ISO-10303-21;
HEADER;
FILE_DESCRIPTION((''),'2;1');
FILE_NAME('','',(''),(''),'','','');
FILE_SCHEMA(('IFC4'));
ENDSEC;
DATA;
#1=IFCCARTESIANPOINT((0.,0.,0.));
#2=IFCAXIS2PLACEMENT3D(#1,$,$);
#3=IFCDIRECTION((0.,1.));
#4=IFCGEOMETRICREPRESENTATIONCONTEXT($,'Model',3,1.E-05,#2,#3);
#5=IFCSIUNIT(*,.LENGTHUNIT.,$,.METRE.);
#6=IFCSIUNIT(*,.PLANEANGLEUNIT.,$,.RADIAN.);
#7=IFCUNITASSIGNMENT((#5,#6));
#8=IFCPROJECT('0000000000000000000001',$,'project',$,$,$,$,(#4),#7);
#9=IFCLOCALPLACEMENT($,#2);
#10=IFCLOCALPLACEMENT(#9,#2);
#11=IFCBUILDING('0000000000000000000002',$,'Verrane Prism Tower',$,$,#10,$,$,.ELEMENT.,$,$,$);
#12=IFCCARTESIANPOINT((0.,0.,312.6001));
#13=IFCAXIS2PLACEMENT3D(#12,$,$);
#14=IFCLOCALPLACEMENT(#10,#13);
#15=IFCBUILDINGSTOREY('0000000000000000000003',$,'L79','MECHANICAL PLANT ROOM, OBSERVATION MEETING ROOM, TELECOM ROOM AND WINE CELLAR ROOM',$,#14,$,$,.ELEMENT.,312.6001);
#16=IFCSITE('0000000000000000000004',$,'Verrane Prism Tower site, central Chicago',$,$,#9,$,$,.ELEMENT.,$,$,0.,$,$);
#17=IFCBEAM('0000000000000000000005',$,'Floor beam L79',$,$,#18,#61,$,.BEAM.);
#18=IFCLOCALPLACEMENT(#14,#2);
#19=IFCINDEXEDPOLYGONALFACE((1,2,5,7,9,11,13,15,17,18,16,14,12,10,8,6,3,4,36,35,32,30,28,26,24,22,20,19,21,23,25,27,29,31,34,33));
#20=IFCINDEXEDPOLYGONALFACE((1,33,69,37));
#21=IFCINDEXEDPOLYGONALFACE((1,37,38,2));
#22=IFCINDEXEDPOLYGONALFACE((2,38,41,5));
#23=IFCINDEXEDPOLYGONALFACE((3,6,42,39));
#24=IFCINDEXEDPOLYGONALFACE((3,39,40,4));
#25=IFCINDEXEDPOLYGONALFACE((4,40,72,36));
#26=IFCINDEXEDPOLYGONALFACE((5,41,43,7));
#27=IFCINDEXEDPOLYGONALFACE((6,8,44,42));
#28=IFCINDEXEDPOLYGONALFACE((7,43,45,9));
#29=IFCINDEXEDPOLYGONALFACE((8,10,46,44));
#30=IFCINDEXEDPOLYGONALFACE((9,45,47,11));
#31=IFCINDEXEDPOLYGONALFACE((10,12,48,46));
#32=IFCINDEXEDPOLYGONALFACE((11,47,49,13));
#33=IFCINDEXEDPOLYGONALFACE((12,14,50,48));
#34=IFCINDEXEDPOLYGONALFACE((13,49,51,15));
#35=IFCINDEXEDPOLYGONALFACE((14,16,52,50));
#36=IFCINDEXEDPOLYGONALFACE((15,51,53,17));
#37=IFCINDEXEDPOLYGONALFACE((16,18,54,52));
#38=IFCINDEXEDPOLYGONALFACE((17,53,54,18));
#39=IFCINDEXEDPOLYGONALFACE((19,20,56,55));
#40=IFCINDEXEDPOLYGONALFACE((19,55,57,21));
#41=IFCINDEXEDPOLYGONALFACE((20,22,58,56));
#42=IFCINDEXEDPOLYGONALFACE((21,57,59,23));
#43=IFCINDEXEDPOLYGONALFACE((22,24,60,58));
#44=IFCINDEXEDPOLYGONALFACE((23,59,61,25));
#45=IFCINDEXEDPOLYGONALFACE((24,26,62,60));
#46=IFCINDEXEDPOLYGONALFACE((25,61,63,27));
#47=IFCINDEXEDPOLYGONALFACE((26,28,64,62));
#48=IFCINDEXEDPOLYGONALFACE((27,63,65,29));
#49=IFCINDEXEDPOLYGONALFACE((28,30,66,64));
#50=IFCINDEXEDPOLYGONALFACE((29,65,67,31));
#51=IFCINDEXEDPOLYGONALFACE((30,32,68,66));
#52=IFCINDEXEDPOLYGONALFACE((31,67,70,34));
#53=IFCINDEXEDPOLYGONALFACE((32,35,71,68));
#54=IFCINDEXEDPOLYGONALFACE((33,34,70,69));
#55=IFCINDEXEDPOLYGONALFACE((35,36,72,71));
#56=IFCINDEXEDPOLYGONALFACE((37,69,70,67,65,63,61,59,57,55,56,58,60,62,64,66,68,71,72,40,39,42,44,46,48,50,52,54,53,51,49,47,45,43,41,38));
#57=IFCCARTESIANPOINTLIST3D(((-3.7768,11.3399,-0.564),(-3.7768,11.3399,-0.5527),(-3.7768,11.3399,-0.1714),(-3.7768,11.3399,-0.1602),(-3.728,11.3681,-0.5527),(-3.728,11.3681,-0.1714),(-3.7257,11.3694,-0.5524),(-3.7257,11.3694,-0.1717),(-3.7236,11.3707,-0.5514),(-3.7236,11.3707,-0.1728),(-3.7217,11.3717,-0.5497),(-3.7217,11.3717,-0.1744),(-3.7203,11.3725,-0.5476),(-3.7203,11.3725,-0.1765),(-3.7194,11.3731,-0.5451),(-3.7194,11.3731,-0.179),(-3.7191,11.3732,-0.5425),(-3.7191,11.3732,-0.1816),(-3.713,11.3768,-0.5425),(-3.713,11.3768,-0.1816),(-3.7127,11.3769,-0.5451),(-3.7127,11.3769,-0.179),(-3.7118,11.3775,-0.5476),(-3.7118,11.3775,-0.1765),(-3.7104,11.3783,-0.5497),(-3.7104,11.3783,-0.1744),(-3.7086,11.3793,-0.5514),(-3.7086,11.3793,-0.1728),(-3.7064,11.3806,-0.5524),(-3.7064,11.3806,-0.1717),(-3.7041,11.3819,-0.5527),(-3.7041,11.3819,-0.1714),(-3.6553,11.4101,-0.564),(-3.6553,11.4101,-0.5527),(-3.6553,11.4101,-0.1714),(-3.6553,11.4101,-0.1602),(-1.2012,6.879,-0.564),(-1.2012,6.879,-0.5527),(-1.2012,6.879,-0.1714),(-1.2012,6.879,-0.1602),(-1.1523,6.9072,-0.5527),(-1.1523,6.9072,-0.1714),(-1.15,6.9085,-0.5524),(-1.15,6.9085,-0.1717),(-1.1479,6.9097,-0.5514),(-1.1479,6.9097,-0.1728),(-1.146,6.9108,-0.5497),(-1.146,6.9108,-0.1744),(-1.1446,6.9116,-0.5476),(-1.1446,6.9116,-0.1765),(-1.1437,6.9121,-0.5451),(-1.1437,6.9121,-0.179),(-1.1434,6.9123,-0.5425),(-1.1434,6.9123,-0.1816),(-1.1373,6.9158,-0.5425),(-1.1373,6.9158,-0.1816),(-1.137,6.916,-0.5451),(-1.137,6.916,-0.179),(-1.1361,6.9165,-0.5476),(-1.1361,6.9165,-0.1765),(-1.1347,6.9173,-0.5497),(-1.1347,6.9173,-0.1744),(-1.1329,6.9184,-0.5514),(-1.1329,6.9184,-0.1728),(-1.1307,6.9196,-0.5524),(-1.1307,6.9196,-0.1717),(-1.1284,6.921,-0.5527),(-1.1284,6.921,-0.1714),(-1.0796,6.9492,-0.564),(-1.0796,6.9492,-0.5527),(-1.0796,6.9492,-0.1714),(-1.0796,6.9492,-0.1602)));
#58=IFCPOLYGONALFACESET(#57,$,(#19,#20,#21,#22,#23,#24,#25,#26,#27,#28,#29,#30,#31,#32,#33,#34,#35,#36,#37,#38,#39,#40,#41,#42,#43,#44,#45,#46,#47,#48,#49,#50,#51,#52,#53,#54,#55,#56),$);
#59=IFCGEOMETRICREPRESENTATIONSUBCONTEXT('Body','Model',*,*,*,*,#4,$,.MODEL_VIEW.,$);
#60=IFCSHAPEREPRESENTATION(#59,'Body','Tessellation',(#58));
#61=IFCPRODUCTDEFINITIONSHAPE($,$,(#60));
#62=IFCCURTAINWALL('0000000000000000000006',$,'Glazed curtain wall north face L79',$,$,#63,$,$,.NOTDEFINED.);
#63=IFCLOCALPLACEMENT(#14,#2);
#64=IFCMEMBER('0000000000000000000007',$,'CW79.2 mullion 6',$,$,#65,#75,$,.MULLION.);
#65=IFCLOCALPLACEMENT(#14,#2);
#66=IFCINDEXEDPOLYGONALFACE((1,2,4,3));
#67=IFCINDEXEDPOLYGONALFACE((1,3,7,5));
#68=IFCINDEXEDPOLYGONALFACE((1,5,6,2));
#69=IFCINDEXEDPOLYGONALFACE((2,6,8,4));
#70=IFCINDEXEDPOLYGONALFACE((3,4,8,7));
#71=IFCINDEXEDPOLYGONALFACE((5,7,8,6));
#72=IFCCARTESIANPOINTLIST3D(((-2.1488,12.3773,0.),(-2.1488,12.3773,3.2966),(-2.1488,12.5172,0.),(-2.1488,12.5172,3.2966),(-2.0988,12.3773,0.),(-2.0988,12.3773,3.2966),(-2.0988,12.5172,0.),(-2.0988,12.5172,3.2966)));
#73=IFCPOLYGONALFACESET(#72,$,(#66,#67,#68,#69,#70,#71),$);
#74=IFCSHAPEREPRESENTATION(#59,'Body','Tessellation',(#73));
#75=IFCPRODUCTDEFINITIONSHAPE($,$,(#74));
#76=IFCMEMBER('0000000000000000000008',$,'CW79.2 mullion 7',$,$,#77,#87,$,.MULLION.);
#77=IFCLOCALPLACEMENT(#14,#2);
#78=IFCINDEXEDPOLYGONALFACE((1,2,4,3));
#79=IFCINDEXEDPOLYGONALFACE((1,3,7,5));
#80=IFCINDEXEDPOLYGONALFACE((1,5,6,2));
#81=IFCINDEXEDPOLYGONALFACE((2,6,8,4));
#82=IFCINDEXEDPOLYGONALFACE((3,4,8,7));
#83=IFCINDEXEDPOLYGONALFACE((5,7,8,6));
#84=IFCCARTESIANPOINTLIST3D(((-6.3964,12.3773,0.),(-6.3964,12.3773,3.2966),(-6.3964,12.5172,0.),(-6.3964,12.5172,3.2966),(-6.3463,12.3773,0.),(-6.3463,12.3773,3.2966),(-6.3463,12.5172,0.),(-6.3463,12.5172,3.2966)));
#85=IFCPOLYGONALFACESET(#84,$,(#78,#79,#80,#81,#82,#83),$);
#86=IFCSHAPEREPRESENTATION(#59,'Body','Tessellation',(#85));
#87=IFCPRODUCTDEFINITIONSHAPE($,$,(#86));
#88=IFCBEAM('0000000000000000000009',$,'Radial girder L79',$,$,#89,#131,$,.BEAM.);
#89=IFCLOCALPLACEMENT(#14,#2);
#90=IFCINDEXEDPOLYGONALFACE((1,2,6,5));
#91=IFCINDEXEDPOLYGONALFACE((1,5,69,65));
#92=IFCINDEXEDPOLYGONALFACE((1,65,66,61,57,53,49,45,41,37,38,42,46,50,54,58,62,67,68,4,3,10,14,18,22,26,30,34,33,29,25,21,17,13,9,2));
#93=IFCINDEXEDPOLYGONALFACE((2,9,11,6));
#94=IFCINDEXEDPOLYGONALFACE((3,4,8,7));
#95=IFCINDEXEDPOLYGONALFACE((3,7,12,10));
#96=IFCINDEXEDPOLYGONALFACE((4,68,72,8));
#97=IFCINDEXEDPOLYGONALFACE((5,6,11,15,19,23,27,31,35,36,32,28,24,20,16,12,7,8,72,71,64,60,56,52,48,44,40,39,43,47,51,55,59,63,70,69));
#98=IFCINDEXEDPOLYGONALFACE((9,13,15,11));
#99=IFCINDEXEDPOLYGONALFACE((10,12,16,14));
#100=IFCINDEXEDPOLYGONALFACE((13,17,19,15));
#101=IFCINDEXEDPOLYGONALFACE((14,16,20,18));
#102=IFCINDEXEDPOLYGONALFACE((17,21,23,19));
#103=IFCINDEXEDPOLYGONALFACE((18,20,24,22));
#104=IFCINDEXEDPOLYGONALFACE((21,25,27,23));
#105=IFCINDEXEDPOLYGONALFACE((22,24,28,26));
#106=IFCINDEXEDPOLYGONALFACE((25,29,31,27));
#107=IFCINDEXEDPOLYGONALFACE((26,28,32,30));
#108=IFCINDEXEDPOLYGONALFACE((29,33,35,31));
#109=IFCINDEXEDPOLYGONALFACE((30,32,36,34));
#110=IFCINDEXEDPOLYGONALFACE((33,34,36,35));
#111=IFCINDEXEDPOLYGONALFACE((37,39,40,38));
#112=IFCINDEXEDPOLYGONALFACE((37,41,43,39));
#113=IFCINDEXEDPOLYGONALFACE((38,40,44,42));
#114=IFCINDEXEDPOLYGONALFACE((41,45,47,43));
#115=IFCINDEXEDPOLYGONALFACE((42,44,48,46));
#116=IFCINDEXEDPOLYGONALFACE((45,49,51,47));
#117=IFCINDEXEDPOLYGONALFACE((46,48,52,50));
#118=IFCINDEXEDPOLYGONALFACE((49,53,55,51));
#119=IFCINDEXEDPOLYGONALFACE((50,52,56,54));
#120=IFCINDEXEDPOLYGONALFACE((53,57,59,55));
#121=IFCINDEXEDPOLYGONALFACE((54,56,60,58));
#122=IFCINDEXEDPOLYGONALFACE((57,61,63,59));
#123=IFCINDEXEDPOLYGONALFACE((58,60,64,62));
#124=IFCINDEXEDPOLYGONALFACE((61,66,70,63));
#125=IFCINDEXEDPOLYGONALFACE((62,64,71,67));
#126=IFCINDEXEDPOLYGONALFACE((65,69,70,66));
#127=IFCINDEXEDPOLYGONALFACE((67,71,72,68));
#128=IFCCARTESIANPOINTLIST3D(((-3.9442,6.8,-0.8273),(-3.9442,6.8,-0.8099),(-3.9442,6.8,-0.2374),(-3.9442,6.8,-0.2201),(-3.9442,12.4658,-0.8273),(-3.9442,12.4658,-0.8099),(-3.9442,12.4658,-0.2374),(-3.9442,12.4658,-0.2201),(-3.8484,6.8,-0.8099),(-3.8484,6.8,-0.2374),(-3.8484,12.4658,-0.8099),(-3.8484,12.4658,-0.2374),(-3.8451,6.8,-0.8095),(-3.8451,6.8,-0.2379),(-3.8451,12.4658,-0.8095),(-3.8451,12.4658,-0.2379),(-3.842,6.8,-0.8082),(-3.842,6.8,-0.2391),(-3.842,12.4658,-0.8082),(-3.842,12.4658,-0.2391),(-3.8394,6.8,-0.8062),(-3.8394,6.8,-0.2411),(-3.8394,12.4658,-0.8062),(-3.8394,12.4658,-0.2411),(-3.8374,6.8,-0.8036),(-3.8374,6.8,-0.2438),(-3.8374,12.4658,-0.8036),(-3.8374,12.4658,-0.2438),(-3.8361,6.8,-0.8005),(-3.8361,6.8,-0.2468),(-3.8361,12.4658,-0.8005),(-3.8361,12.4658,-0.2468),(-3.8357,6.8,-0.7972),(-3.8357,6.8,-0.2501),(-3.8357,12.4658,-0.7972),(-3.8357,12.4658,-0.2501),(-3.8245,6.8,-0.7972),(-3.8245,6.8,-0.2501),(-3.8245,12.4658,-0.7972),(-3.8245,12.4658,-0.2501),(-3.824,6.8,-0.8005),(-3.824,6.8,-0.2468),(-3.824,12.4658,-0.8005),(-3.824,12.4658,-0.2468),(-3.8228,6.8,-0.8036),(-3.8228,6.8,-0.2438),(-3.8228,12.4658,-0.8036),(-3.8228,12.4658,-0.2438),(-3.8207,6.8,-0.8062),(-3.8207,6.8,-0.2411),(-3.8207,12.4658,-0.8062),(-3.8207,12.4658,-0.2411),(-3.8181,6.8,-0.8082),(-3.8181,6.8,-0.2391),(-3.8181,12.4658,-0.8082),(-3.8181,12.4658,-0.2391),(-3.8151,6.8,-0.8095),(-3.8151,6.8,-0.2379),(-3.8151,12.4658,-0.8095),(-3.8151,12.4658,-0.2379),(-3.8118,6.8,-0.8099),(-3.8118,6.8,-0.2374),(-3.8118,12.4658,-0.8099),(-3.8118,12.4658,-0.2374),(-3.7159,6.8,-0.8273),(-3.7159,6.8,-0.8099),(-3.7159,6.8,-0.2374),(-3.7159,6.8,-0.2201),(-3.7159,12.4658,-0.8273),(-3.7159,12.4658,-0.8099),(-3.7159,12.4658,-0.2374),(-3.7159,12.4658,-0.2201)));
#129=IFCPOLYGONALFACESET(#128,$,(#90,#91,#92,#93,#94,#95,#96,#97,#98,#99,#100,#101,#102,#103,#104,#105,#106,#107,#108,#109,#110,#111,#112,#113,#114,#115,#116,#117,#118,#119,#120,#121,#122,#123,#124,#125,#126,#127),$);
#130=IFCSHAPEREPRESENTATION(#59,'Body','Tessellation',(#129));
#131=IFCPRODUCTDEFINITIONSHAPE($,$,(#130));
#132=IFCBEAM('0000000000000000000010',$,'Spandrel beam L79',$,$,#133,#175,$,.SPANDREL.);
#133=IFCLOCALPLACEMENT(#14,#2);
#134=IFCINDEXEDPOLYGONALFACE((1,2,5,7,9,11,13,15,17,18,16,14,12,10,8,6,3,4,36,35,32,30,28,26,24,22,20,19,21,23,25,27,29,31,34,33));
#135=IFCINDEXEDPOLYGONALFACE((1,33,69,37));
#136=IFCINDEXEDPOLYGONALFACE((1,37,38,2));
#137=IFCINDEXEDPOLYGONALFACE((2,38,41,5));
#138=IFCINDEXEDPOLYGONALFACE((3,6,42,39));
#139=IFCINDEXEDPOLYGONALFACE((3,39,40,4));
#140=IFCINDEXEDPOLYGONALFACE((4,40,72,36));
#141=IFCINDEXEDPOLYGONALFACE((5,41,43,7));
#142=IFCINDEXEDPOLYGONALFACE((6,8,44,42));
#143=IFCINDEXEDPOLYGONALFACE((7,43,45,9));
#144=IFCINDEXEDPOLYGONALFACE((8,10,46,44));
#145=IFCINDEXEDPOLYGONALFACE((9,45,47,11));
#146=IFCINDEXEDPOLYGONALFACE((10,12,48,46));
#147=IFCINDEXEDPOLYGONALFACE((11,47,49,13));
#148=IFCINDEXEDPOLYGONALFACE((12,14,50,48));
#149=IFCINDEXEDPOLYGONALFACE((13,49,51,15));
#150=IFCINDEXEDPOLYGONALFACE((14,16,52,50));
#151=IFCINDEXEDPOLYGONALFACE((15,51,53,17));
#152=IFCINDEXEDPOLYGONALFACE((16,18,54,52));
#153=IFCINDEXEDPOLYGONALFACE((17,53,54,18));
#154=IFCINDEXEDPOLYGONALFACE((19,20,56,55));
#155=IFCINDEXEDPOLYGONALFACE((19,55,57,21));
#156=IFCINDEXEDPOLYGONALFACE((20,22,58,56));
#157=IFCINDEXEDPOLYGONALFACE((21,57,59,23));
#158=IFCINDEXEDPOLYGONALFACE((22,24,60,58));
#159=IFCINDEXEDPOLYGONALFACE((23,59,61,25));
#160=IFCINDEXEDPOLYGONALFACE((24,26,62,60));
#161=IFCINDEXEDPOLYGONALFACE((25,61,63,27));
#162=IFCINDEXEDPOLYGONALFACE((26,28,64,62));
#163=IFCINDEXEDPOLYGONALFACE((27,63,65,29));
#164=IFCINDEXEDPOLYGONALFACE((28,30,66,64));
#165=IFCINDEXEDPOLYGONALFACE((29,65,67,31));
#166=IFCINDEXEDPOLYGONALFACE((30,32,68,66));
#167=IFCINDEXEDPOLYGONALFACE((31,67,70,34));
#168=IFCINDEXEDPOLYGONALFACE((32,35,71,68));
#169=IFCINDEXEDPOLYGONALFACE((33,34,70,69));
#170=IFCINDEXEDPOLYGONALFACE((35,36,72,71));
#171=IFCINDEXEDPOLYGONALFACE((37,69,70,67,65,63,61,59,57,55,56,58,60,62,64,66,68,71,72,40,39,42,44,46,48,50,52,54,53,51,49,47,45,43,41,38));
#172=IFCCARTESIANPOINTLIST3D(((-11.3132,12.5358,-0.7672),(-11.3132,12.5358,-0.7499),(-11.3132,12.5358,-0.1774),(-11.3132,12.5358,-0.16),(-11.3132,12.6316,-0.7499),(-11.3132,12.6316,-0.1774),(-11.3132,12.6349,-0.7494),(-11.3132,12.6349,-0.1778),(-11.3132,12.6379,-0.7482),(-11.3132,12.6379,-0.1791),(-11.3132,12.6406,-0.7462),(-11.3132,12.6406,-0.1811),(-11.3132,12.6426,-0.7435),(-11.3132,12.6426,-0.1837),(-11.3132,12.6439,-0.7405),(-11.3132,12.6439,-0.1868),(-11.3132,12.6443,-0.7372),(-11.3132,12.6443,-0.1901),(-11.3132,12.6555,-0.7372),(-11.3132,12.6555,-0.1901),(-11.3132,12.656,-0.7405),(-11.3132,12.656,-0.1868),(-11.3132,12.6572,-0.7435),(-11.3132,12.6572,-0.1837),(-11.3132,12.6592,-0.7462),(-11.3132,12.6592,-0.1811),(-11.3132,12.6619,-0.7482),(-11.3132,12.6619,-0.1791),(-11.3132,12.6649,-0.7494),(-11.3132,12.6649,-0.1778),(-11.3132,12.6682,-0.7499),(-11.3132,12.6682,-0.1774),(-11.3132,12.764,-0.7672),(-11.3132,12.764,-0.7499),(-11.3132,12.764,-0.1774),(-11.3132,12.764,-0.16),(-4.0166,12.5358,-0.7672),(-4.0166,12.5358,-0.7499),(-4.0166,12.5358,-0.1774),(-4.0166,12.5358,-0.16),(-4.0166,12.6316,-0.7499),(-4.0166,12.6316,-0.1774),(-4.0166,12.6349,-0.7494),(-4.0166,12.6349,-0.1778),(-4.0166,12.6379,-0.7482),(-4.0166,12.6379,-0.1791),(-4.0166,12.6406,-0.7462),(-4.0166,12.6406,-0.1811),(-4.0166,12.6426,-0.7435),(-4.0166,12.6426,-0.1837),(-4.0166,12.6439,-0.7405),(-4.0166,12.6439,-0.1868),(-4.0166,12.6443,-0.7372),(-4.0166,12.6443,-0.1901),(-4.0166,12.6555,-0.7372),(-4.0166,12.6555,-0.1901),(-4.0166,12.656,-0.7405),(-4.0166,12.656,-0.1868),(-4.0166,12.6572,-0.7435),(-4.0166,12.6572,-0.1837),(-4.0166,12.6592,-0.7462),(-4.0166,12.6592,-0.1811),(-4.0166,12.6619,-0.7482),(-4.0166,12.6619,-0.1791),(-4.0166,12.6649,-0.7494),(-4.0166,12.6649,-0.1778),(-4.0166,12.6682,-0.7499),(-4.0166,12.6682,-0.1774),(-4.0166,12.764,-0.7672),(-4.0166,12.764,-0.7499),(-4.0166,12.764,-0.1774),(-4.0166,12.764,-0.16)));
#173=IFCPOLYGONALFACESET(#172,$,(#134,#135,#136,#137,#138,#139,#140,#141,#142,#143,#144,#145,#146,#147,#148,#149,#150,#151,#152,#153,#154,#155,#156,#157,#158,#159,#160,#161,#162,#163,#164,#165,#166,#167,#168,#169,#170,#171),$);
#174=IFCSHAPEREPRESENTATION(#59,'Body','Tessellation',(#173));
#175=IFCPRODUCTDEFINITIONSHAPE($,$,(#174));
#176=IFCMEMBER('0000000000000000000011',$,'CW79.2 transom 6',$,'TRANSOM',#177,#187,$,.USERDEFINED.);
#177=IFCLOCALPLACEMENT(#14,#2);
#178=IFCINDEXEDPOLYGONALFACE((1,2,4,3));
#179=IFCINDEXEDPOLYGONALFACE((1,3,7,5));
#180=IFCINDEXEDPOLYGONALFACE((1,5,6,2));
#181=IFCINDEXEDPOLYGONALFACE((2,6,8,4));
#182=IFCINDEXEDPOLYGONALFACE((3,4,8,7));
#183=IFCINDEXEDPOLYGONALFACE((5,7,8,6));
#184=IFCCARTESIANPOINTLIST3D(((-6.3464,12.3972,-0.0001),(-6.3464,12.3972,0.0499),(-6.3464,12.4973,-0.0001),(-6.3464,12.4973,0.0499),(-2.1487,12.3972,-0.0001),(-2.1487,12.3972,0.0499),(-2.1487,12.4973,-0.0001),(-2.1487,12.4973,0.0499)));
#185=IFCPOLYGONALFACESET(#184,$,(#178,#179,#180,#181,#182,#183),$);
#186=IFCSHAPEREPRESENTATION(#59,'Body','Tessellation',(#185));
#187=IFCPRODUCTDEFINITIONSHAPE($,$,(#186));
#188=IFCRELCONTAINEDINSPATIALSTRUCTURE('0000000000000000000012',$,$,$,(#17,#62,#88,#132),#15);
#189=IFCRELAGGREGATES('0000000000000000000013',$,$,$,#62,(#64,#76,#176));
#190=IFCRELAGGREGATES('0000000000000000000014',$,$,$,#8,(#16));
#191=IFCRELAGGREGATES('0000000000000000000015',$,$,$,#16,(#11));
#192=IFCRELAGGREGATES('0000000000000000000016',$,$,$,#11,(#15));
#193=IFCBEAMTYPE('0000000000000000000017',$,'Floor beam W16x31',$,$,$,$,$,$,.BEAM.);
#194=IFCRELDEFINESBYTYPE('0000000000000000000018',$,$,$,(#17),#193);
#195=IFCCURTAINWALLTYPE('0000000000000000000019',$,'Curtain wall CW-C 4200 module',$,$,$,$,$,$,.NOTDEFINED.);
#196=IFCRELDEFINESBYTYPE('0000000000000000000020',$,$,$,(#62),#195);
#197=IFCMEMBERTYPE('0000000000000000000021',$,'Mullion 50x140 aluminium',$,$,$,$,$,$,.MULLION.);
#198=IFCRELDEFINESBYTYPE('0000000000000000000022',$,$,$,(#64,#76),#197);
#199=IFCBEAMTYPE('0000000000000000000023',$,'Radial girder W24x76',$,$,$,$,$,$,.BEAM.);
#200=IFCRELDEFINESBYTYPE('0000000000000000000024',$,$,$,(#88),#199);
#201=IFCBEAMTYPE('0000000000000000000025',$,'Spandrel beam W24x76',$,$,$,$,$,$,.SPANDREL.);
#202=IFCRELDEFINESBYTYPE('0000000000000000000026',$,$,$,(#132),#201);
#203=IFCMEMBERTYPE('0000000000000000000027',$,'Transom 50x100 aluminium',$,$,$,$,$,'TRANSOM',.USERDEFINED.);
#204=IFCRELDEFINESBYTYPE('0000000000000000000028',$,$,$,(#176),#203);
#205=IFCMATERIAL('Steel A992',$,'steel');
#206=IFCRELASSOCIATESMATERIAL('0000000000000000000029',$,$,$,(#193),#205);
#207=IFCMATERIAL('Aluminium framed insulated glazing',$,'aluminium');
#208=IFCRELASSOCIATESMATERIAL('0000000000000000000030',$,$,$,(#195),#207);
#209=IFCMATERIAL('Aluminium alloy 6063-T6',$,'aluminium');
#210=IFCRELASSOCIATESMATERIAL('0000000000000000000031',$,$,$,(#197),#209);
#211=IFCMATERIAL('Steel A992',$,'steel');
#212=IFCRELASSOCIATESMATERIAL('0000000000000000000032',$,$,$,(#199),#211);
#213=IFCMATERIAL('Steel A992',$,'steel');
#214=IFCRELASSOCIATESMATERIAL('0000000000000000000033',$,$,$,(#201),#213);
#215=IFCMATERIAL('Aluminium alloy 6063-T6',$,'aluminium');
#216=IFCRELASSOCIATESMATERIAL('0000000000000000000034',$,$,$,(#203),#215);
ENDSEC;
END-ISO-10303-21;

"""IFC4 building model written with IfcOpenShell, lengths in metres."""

from ifc_helpers import new_model, si_unit, direction, frame, origin, origin_2d, place, context, subcontext, project, spatial, rectangle, i_section, extrude, material, material_profile, profile_set, type_object, element, aggregate, save


model = new_model("IFC4")

# Units and contexts
model_context = context("Model", 3, precision=1e-05, world=origin(), true_north=direction((0.0, 1.0)))
body_context = subcontext(model_context, "Body", "Model", "MODEL_VIEW")
ifc_project = project(units=[si_unit("LENGTHUNIT", "METRE"), si_unit("PLANEANGLEUNIT", "RADIAN")], contexts=[model_context])

# Site, building, storey
site_placement = place(None, origin())
site = spatial("IfcSite", under=ifc_project, at=site_placement, Name="Verrane Prism Tower site, central Chicago", CompositionType="ELEMENT", RefElevation=0.0)
building_placement = place(site_placement, origin())
building = spatial("IfcBuilding", under=site, at=building_placement, Name="Verrane Prism Tower", CompositionType="ELEMENT")
storey_placement = place(building_placement, frame((0.0, 0.0, 312.6001)))
storey = spatial("IfcBuildingStorey", under=building, at=storey_placement, Name="L79", Description="MECHANICAL PLANT ROOM, OBSERVATION MEETING ROOM, TELECOM ROOM AND WINE CELLAR ROOM", CompositionType="ELEMENT", Elevation=312.6001)

# Beam
ifc_material_1 = material(Name="Steel A992", Category="steel")
ifc_material_profile_1 = material_profile(ifc_material_1, i_section(OverallWidth=0.1404, OverallDepth=0.4038, WebThickness=0.0071, FlangeThickness=0.0112, FilletRadius=0.0103, at=origin_2d()), Name="W16x31")
ifc_profile_set_1 = profile_set([ifc_material_profile_1], Name="Steel A992")
beam_type_1 = type_object("IfcBeamType", Name="Floor beam W16x31", PredefinedType="BEAM", material=ifc_profile_set_1)
beam_1_placement = place(storey_placement, frame((-1.1404, 6.9141, -0.3621), z_axis=(-0.500023, 0.866012, 0.0), x_axis=(-0.866012, -0.500023, 0.0)))
element("IfcBeam", 1, at=beam_1_placement, inside=storey, type_object=beam_type_1, Name="Floor beam L79", PredefinedType="BEAM", context=body_context, shape_type="SweptSolid", body=[
    extrude(i_section(OverallWidth=0.1404, OverallDepth=0.4038, WebThickness=0.0071, FlangeThickness=0.0112, FilletRadius=0.0103, at=origin_2d()), origin(), (0.0, 0.0, 1.0), 5.1511),
])

# Curtain wall, members
ifc_material_2 = material(Name="Aluminium framed insulated glazing", Category="aluminium")
curtain_wall_type = type_object("IfcCurtainWallType", Name="Curtain wall CW-C 4200 module", PredefinedType="NOTDEFINED", material=ifc_material_2)
curtain_wall_placement = place(storey_placement, origin())
curtain_wall = element("IfcCurtainWall", 2, at=curtain_wall_placement, inside=storey, type_object=curtain_wall_type, Name="Glazed curtain wall north face L79", PredefinedType="NOTDEFINED")
ifc_material_3 = material(Name="Aluminium alloy 6063-T6", Category="aluminium")
ifc_material_profile_2 = material_profile(ifc_material_3, rectangle(XDim=0.1399, YDim=0.05, at=origin_2d()), Name="Mullion 50x140 aluminium")
ifc_profile_set_2 = profile_set([ifc_material_profile_2], Name="Aluminium alloy 6063-T6")
member_type_1 = type_object("IfcMemberType", Name="Mullion 50x140 aluminium", PredefinedType="MULLION", material=ifc_profile_set_2)
member_1_placement = place(storey_placement, frame((-2.1238, 12.4473, 0.0), z_axis=(0.0, 0.0, 1.0), x_axis=(0.0, -1.0, 0.0)))
member_1 = element("IfcMember", 3, at=member_1_placement, type_object=member_type_1, Name="CW79.2 mullion 6", PredefinedType="MULLION", context=body_context, shape_type="SweptSolid", body=[
    extrude(rectangle(XDim=0.1399, YDim=0.05, at=origin_2d()), origin(), (0.0, 0.0, 1.0), 3.2966),
])
member_2_placement = place(storey_placement, frame((-6.3713, 12.4473, 0.0), z_axis=(0.0, 0.0, 1.0), x_axis=(0.0, -1.0, 0.0)))
member_2 = element("IfcMember", 4, at=member_2_placement, type_object=member_type_1, Name="CW79.2 mullion 7", PredefinedType="MULLION", context=body_context, shape_type="SweptSolid", body=[
    extrude(rectangle(XDim=0.1399, YDim=0.05, at=origin_2d()), origin(), (0.0, 0.0, 1.0), 3.2966),
])

# Beams
ifc_material_4 = material(Name="Steel A992", Category="steel")
ifc_material_profile_3 = material_profile(ifc_material_4, i_section(OverallWidth=0.2283, OverallDepth=0.6072, WebThickness=0.0112, FlangeThickness=0.0173, FilletRadius=0.0127, at=origin_2d()), Name="W24x76")
ifc_profile_set_3 = profile_set([ifc_material_profile_3], Name="Steel A992")
beam_type_2 = type_object("IfcBeamType", Name="Radial girder W24x76", PredefinedType="BEAM", material=ifc_profile_set_3)
beam_2_placement = place(storey_placement, frame((-3.8301, 12.4658, -0.5237), z_axis=(0.0, -1.0, 0.0), x_axis=(1.0, 0.0, 0.0)))
element("IfcBeam", 5, at=beam_2_placement, inside=storey, type_object=beam_type_2, Name="Radial girder L79", PredefinedType="BEAM", context=body_context, shape_type="SweptSolid", body=[
    extrude(i_section(OverallWidth=0.2283, OverallDepth=0.6072, WebThickness=0.0112, FlangeThickness=0.0173, FilletRadius=0.0127, at=origin_2d()), origin(), (0.0, 0.0, 1.0), 5.6658),
])
ifc_material_5 = material(Name="Steel A992", Category="steel")
ifc_material_profile_4 = material_profile(ifc_material_5, i_section(OverallWidth=0.2283, OverallDepth=0.6072, WebThickness=0.0112, FlangeThickness=0.0173, FilletRadius=0.0127, at=origin_2d()), Name="W24x76")
ifc_profile_set_4 = profile_set([ifc_material_profile_4], Name="Steel A992")
beam_type_3 = type_object("IfcBeamType", Name="Spandrel beam W24x76", PredefinedType="SPANDREL", material=ifc_profile_set_4)
beam_3_placement = place(storey_placement, frame((-4.0166, 12.6499, -0.4636), z_axis=(-1.0, 0.0, 0.0), x_axis=(0.0, -1.0, 0.0)))
element("IfcBeam", 6, at=beam_3_placement, inside=storey, type_object=beam_type_3, Name="Spandrel beam L79", PredefinedType="SPANDREL", context=body_context, shape_type="SweptSolid", body=[
    extrude(i_section(OverallWidth=0.2283, OverallDepth=0.6072, WebThickness=0.0112, FlangeThickness=0.0173, FilletRadius=0.0127, at=origin_2d()), origin(), (0.0, 0.0, 1.0), 7.2966),
])

# Member
ifc_material_6 = material(Name="Aluminium alloy 6063-T6", Category="aluminium")
ifc_material_profile_5 = material_profile(ifc_material_6, rectangle(XDim=0.1001, YDim=0.05, at=origin_2d()), Name="Transom 50x100 aluminium")
ifc_profile_set_5 = profile_set([ifc_material_profile_5], Name="Aluminium alloy 6063-T6")
member_type_2 = type_object("IfcMemberType", Name="Transom 50x100 aluminium", ElementType="TRANSOM", PredefinedType="USERDEFINED", material=ifc_profile_set_5)
member_3_placement = place(storey_placement, frame((-2.1487, 12.4473, 0.0249), z_axis=(-1.0, 0.0, 0.0), x_axis=(0.0, -1.0, 0.0)))
member_3 = element("IfcMember", 7, at=member_3_placement, type_object=member_type_2, Name="CW79.2 transom 6", ObjectType="TRANSOM", PredefinedType="USERDEFINED", context=body_context, shape_type="SweptSolid", body=[
    extrude(rectangle(XDim=0.1001, YDim=0.05, at=origin_2d()), origin(), (0.0, 0.0, 1.0), 4.1978),
])

aggregate(curtain_wall, [member_1, member_2, member_3])

save(model, "model.ifc")
